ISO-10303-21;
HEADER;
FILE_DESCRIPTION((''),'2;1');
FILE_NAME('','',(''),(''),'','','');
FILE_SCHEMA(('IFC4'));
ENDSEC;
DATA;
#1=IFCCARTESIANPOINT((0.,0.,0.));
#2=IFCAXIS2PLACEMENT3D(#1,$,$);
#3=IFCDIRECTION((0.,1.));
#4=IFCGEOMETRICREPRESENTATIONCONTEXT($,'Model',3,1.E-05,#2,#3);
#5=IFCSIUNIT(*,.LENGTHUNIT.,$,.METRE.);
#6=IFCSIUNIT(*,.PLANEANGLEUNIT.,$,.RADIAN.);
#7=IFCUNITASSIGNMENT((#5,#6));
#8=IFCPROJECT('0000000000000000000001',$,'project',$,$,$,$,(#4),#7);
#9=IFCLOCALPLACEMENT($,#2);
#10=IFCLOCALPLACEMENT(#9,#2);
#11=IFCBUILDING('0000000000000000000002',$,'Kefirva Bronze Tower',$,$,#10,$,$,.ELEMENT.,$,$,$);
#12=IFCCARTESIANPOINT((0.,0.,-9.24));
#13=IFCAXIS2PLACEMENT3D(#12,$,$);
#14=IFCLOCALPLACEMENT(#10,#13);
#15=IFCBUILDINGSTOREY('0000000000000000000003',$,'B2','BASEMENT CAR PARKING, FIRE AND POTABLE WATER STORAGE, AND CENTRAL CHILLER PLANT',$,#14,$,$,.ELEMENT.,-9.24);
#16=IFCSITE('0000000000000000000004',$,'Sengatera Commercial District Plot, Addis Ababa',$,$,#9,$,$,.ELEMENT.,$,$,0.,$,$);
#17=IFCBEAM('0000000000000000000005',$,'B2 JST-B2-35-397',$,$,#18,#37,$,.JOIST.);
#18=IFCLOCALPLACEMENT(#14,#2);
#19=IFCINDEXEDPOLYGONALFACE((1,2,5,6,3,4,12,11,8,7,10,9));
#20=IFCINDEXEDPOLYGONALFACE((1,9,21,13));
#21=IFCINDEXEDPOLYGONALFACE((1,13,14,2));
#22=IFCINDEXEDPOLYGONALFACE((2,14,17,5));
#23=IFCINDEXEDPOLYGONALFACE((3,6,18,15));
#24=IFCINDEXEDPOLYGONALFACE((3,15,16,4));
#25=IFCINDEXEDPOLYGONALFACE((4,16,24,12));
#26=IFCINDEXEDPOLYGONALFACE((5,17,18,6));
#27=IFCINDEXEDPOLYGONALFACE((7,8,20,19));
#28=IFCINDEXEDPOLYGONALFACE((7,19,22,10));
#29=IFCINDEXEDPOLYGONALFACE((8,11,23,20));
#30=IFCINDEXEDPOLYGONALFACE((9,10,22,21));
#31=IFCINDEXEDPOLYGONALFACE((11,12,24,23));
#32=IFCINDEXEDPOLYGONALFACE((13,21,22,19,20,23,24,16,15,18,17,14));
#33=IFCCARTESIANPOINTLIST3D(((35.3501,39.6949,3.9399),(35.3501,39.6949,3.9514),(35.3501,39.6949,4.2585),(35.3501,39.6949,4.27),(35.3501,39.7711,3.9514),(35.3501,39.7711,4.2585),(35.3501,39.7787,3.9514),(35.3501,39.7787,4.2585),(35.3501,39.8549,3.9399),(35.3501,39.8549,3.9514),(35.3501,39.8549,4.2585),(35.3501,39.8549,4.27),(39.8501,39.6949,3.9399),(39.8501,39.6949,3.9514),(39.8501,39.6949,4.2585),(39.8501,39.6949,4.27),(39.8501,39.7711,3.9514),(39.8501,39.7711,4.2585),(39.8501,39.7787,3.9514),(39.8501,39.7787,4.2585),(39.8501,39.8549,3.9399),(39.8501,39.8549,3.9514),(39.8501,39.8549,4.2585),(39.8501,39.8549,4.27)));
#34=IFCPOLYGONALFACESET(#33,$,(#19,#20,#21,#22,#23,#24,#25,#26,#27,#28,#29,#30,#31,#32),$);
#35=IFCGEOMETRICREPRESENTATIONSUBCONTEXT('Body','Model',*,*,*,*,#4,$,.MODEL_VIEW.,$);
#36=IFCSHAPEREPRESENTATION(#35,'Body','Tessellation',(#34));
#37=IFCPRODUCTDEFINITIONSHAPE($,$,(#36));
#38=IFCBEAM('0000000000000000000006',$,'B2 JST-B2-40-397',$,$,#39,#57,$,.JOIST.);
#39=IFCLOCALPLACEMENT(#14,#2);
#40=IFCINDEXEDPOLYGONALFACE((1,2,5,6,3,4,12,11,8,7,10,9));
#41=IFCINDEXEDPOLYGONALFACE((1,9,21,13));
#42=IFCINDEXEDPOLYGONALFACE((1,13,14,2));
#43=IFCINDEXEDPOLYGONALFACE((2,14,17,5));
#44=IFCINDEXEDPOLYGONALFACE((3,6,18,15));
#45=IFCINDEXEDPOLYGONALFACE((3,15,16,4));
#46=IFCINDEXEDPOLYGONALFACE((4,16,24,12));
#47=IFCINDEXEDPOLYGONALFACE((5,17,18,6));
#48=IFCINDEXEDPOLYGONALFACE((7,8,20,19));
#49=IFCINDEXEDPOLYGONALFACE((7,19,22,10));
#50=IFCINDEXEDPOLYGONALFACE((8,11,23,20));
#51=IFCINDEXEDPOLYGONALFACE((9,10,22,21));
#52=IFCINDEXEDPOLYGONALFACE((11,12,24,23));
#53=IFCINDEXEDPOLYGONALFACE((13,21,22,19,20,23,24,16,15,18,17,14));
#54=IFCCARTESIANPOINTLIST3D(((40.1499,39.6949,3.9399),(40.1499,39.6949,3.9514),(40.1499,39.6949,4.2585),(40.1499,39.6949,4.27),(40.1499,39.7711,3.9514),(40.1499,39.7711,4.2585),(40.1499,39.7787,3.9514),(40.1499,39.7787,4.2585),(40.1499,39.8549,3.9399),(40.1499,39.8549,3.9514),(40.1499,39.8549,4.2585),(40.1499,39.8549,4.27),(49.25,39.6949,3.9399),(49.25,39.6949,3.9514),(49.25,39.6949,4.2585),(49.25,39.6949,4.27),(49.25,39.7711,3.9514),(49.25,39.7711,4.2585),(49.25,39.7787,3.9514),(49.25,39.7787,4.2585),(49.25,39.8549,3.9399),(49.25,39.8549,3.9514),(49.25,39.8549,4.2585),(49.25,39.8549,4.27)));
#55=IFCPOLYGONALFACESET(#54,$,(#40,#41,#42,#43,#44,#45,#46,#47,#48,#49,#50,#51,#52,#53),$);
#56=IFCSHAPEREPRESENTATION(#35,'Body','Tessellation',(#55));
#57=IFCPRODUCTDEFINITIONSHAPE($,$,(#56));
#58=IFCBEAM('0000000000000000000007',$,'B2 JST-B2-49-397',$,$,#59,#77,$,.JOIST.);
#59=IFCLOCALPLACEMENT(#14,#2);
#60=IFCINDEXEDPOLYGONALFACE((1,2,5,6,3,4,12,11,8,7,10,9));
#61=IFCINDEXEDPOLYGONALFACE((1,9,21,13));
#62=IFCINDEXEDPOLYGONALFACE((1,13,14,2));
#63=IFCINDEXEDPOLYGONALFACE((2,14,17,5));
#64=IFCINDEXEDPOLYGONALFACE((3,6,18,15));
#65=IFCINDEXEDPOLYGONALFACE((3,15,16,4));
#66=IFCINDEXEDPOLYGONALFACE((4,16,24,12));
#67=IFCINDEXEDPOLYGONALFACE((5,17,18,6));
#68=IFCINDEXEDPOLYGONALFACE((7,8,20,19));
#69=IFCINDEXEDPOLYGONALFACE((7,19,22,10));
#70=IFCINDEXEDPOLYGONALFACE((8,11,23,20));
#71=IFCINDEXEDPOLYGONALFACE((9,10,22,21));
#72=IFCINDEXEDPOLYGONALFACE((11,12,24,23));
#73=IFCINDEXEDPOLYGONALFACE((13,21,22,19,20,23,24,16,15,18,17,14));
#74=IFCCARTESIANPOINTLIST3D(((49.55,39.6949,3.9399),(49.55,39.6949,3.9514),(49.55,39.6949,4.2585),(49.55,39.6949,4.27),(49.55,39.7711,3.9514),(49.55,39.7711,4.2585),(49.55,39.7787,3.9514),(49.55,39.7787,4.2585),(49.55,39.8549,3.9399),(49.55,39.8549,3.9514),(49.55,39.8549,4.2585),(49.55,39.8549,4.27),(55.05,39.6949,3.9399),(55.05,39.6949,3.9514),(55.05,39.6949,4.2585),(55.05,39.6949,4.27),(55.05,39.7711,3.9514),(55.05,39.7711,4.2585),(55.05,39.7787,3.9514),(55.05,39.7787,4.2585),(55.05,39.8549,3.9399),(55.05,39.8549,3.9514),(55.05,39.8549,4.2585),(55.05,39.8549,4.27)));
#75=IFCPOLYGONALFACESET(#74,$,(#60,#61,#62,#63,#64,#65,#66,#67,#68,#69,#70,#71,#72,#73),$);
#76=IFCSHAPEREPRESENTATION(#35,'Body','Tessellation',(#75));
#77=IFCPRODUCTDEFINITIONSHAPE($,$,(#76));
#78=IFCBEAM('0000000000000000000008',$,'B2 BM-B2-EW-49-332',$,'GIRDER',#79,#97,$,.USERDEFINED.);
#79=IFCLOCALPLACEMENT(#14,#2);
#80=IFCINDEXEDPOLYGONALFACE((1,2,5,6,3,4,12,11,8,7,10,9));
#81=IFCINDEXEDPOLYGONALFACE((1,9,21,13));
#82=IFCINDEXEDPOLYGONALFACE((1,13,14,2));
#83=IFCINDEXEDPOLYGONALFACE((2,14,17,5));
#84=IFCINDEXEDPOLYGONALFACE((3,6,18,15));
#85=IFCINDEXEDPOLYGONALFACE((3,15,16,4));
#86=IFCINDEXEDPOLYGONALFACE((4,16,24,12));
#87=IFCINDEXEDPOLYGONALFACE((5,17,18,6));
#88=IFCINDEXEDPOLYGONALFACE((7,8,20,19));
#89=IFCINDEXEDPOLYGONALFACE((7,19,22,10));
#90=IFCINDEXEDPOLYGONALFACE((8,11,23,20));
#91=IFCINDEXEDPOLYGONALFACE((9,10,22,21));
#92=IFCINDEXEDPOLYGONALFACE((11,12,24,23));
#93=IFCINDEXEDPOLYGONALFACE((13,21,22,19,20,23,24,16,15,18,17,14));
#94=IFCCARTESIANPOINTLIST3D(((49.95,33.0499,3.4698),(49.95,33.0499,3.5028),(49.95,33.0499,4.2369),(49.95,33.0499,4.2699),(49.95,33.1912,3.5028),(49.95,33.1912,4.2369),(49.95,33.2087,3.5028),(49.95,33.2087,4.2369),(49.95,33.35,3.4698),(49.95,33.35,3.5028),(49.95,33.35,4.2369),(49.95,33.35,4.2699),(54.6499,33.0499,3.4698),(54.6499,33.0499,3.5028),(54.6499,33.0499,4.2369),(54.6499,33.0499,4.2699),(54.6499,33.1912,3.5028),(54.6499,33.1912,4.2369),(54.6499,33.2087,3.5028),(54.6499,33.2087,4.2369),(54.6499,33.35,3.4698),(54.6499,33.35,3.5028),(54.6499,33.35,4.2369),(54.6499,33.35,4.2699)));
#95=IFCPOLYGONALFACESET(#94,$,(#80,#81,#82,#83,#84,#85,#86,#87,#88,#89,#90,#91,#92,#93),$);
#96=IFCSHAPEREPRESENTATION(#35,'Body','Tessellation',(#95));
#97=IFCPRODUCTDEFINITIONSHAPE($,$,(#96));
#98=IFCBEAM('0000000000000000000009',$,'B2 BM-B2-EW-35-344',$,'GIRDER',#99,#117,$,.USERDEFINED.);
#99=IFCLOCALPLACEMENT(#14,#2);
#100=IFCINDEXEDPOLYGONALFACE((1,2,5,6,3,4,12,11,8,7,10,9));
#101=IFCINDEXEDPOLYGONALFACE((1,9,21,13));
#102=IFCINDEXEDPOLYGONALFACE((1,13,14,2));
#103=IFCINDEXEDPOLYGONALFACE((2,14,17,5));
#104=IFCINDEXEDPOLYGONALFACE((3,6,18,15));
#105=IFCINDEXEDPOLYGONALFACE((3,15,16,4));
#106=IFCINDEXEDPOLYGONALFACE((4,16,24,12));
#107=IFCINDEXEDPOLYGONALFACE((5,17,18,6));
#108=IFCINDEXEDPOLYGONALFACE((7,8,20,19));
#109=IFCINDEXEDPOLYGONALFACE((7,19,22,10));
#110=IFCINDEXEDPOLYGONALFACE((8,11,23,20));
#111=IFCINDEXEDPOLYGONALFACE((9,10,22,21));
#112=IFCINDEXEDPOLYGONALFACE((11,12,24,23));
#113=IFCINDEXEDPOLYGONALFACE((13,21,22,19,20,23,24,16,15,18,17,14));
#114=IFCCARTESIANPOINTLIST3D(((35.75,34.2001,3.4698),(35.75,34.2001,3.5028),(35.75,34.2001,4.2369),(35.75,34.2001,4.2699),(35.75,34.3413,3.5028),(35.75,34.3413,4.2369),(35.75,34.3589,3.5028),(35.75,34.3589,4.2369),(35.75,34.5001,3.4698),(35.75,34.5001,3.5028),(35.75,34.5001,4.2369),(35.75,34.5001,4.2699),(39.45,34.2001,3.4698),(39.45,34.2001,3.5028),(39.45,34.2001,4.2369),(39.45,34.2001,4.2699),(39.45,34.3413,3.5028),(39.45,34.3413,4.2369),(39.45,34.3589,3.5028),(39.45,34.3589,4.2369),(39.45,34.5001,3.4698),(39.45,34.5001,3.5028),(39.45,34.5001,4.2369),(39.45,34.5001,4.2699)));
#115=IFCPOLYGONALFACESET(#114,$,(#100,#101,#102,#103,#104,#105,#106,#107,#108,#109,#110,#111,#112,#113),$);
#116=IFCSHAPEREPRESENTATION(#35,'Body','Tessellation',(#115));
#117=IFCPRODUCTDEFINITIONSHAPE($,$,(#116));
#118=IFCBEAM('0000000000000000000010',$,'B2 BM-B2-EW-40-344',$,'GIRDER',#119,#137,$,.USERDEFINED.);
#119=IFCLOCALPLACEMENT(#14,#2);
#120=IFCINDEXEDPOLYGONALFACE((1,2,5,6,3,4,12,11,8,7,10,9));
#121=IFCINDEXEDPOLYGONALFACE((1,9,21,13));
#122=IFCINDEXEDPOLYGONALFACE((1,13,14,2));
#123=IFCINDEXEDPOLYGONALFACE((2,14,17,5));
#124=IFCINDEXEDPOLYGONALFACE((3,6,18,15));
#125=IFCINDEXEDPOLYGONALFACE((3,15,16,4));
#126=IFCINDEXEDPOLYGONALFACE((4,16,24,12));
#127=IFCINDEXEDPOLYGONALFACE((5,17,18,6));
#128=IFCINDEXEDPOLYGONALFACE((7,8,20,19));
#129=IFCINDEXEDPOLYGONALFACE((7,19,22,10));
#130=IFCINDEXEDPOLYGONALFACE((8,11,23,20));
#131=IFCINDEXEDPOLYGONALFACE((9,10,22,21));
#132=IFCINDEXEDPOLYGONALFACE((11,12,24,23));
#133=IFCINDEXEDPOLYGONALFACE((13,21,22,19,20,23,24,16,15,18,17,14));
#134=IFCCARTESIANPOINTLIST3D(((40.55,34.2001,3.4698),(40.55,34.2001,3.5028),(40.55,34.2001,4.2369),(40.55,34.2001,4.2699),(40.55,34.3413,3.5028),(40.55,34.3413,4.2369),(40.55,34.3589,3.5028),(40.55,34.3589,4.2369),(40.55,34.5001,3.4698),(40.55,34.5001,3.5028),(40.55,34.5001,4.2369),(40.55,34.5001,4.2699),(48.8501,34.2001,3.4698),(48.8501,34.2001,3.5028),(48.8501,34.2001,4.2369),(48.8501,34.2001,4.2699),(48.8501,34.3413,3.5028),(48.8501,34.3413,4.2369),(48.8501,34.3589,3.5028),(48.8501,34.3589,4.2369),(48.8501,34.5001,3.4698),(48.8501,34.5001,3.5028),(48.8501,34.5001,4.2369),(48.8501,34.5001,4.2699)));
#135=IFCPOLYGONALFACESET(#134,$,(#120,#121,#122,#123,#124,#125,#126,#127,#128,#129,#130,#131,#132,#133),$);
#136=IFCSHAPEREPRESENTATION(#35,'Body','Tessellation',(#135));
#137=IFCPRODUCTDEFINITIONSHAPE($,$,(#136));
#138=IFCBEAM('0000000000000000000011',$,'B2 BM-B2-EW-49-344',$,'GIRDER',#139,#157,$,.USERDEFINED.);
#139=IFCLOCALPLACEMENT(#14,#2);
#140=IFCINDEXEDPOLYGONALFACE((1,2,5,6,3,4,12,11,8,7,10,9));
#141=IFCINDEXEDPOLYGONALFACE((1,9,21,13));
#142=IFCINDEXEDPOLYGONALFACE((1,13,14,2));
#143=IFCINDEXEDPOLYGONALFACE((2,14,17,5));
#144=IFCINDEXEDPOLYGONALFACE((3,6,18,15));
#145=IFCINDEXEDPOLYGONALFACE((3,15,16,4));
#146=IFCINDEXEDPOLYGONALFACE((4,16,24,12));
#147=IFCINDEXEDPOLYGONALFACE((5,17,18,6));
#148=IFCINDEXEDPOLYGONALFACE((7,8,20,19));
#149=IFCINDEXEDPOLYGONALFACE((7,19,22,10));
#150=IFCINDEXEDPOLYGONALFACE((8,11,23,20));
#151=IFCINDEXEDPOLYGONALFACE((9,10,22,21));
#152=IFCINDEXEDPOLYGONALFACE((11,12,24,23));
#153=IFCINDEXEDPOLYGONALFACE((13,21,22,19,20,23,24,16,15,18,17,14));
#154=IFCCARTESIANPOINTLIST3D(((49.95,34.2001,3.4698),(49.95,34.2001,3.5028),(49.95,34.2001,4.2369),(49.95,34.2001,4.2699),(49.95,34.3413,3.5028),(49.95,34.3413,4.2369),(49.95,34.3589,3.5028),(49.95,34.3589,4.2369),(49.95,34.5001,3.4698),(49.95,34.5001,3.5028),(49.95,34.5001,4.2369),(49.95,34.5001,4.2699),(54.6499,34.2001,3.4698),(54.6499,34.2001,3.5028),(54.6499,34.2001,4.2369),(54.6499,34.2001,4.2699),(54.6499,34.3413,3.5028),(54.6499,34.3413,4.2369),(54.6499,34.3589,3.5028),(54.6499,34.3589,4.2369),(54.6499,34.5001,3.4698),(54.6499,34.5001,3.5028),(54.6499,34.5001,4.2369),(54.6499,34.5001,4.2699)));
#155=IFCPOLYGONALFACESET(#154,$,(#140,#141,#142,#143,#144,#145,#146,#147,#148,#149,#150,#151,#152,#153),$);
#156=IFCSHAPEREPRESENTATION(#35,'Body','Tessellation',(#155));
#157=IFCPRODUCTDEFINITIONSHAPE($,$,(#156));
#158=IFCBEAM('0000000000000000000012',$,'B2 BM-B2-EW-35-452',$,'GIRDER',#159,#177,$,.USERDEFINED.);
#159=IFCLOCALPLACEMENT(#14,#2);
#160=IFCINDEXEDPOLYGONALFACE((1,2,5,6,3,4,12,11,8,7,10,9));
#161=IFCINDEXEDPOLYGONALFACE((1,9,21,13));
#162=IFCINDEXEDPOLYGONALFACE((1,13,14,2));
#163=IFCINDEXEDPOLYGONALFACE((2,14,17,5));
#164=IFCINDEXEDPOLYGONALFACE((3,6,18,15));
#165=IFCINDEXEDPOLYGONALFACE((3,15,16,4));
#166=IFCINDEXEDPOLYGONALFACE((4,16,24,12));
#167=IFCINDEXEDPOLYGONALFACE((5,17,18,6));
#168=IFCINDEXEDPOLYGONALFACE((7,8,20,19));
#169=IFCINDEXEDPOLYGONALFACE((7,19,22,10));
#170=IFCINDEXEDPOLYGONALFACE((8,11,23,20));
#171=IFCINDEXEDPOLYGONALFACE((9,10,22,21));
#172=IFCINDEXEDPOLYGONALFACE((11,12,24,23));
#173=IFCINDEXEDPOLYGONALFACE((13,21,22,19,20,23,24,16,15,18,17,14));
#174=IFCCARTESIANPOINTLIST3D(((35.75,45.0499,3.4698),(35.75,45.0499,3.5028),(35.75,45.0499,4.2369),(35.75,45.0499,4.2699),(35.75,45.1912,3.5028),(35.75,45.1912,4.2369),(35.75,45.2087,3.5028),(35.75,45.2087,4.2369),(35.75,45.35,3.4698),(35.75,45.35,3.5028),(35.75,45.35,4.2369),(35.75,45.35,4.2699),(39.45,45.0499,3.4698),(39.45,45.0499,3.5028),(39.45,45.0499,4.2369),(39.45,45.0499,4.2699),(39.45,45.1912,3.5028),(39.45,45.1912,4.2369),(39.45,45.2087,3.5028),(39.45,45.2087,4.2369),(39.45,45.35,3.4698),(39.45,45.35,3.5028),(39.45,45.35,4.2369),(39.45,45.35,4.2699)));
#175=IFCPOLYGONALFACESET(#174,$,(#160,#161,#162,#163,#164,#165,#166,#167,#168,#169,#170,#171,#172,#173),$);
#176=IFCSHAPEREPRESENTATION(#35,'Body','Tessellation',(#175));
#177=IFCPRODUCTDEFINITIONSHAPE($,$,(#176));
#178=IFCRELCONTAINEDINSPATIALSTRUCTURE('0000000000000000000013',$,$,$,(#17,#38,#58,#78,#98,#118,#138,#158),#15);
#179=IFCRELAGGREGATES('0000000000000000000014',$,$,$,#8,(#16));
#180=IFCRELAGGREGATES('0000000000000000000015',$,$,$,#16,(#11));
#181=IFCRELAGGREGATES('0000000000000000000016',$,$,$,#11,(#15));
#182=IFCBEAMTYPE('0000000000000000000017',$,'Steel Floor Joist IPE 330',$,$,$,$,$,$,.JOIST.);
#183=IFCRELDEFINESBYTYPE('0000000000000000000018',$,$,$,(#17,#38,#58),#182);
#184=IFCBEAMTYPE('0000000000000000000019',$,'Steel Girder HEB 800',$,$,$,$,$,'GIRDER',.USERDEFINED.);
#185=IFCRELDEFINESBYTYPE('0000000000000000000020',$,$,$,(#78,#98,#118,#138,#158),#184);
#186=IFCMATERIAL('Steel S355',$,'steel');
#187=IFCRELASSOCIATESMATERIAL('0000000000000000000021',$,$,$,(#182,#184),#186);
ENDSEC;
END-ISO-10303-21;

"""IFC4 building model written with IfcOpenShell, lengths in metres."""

from ifc_helpers import new_model, si_unit, direction, frame, origin, origin_2d, place, context, subcontext, project, spatial, i_section, extrude, material, material_profile, profile_set, type_object, element, save


model = new_model("IFC4")

# Units and contexts
model_context = context("Model", 3, precision=1e-05, world=origin(), true_north=direction((0.0, 1.0)))
body_context = subcontext(model_context, "Body", "Model", "MODEL_VIEW")
ifc_project = project(units=[si_unit("LENGTHUNIT", "METRE"), si_unit("PLANEANGLEUNIT", "RADIAN")], contexts=[model_context])

# Site, building, storey
site_placement = place(None, origin())
site = spatial("IfcSite", under=ifc_project, at=site_placement, Name="Sengatera Commercial District Plot, Addis Ababa", CompositionType="ELEMENT", RefElevation=0.0)
building_placement = place(site_placement, origin())
building = spatial("IfcBuilding", under=site, at=building_placement, Name="Kefirva Bronze Tower", CompositionType="ELEMENT")
storey_placement = place(building_placement, frame((0.0, 0.0, -9.24)))
storey = spatial("IfcBuildingStorey", under=building, at=storey_placement, Name="B2", Description="BASEMENT CAR PARKING, FIRE AND POTABLE WATER STORAGE, AND CENTRAL CHILLER PLANT", CompositionType="ELEMENT", Elevation=-9.24)

# Beams
ifc_material_1 = material(Name="Steel S355", Category="steel")
ifc_material_profile_1 = material_profile(ifc_material_1, i_section(OverallWidth=0.1599, OverallDepth=0.3301, WebThickness=0.0076, FlangeThickness=0.0115, at=origin_2d()), Name="IPE 330")
ifc_profile_set_1 = profile_set([ifc_material_profile_1], Name="Steel S355")
beam_type_1 = type_object("IfcBeamType", Name="Steel Floor Joist IPE 330", PredefinedType="JOIST", material=ifc_profile_set_1)
beam_1_placement = place(storey_placement, frame((35.3501, 39.7749, 4.105), z_axis=(1.0, 0.0, 0.0), x_axis=(0.0, 1.0, 0.0)))
element("IfcBeam", 1, at=beam_1_placement, inside=storey, type_object=beam_type_1, Name="B2 JST-B2-35-397", PredefinedType="JOIST", context=body_context, shape_type="SweptSolid", body=[
    extrude(i_section(OverallWidth=0.1599, OverallDepth=0.3301, WebThickness=0.0076, FlangeThickness=0.0115, at=origin_2d()), origin(), (0.0, 0.0, 1.0), 4.5),
])
beam_2_placement = place(storey_placement, frame((40.1499, 39.7749, 4.105), z_axis=(1.0, 0.0, 0.0), x_axis=(0.0, 1.0, 0.0)))
element("IfcBeam", 2, at=beam_2_placement, inside=storey, type_object=beam_type_1, Name="B2 JST-B2-40-397", PredefinedType="JOIST", context=body_context, shape_type="SweptSolid", body=[
    extrude(i_section(OverallWidth=0.1599, OverallDepth=0.3301, WebThickness=0.0076, FlangeThickness=0.0115, at=origin_2d()), origin(), (0.0, 0.0, 1.0), 9.1001),
])
beam_3_placement = place(storey_placement, frame((49.55, 39.7749, 4.105), z_axis=(1.0, 0.0, 0.0), x_axis=(0.0, 1.0, 0.0)))
element("IfcBeam", 3, at=beam_3_placement, inside=storey, type_object=beam_type_1, Name="B2 JST-B2-49-397", PredefinedType="JOIST", context=body_context, shape_type="SweptSolid", body=[
    extrude(i_section(OverallWidth=0.1599, OverallDepth=0.3301, WebThickness=0.0076, FlangeThickness=0.0115, at=origin_2d()), origin(), (0.0, 0.0, 1.0), 5.5),
])
ifc_material_profile_2 = material_profile(ifc_material_1, i_section(OverallWidth=0.3, OverallDepth=0.8, WebThickness=0.0176, FlangeThickness=0.033, at=origin_2d()), Name="HEB 800")
ifc_profile_set_2 = profile_set([ifc_material_profile_2], Name="Steel S355")
beam_type_2 = type_object("IfcBeamType", Name="Steel Girder HEB 800", ElementType="GIRDER", PredefinedType="USERDEFINED", material=ifc_profile_set_2)
beam_4_placement = place(storey_placement, frame((49.95, 33.2, 3.8699), z_axis=(1.0, 0.0, 0.0), x_axis=(0.0, 1.0, 0.0)))
element("IfcBeam", 4, at=beam_4_placement, inside=storey, type_object=beam_type_2, Name="B2 BM-B2-EW-49-332", ObjectType="GIRDER", PredefinedType="USERDEFINED", context=body_context, shape_type="SweptSolid", body=[
    extrude(i_section(OverallWidth=0.3, OverallDepth=0.8, WebThickness=0.0176, FlangeThickness=0.033, at=origin_2d()), origin(), (0.0, 0.0, 1.0), 4.7),
])
beam_5_placement = place(storey_placement, frame((35.75, 34.3501, 3.8699), z_axis=(1.0, 0.0, 0.0), x_axis=(0.0, 1.0, 0.0)))
element("IfcBeam", 5, at=beam_5_placement, inside=storey, type_object=beam_type_2, Name="B2 BM-B2-EW-35-344", ObjectType="GIRDER", PredefinedType="USERDEFINED", context=body_context, shape_type="SweptSolid", body=[
    extrude(i_section(OverallWidth=0.3, OverallDepth=0.8, WebThickness=0.0176, FlangeThickness=0.033, at=origin_2d()), origin(), (0.0, 0.0, 1.0), 3.7),
])
beam_6_placement = place(storey_placement, frame((40.55, 34.3501, 3.8699), z_axis=(1.0, 0.0, 0.0), x_axis=(0.0, 1.0, 0.0)))
element("IfcBeam", 6, at=beam_6_placement, inside=storey, type_object=beam_type_2, Name="B2 BM-B2-EW-40-344", ObjectType="GIRDER", PredefinedType="USERDEFINED", context=body_context, shape_type="SweptSolid", body=[
    extrude(i_section(OverallWidth=0.3, OverallDepth=0.8, WebThickness=0.0176, FlangeThickness=0.033, at=origin_2d()), origin(), (0.0, 0.0, 1.0), 8.3),
])
beam_7_placement = place(storey_placement, frame((49.95, 34.3501, 3.8699), z_axis=(1.0, 0.0, 0.0), x_axis=(0.0, 1.0, 0.0)))
element("IfcBeam", 7, at=beam_7_placement, inside=storey, type_object=beam_type_2, Name="B2 BM-B2-EW-49-344", ObjectType="GIRDER", PredefinedType="USERDEFINED", context=body_context, shape_type="SweptSolid", body=[
    extrude(i_section(OverallWidth=0.3, OverallDepth=0.8, WebThickness=0.0176, FlangeThickness=0.033, at=origin_2d()), origin(), (0.0, 0.0, 1.0), 4.7),
])
beam_8_placement = place(storey_placement, frame((35.75, 45.2, 3.8699), z_axis=(1.0, 0.0, 0.0), x_axis=(0.0, 1.0, 0.0)))
element("IfcBeam", 8, at=beam_8_placement, inside=storey, type_object=beam_type_2, Name="B2 BM-B2-EW-35-452", ObjectType="GIRDER", PredefinedType="USERDEFINED", context=body_context, shape_type="SweptSolid", body=[
    extrude(i_section(OverallWidth=0.3, OverallDepth=0.8, WebThickness=0.0176, FlangeThickness=0.033, at=origin_2d()), origin(), (0.0, 0.0, 1.0), 3.7),
])

save(model, "model.ifc")
